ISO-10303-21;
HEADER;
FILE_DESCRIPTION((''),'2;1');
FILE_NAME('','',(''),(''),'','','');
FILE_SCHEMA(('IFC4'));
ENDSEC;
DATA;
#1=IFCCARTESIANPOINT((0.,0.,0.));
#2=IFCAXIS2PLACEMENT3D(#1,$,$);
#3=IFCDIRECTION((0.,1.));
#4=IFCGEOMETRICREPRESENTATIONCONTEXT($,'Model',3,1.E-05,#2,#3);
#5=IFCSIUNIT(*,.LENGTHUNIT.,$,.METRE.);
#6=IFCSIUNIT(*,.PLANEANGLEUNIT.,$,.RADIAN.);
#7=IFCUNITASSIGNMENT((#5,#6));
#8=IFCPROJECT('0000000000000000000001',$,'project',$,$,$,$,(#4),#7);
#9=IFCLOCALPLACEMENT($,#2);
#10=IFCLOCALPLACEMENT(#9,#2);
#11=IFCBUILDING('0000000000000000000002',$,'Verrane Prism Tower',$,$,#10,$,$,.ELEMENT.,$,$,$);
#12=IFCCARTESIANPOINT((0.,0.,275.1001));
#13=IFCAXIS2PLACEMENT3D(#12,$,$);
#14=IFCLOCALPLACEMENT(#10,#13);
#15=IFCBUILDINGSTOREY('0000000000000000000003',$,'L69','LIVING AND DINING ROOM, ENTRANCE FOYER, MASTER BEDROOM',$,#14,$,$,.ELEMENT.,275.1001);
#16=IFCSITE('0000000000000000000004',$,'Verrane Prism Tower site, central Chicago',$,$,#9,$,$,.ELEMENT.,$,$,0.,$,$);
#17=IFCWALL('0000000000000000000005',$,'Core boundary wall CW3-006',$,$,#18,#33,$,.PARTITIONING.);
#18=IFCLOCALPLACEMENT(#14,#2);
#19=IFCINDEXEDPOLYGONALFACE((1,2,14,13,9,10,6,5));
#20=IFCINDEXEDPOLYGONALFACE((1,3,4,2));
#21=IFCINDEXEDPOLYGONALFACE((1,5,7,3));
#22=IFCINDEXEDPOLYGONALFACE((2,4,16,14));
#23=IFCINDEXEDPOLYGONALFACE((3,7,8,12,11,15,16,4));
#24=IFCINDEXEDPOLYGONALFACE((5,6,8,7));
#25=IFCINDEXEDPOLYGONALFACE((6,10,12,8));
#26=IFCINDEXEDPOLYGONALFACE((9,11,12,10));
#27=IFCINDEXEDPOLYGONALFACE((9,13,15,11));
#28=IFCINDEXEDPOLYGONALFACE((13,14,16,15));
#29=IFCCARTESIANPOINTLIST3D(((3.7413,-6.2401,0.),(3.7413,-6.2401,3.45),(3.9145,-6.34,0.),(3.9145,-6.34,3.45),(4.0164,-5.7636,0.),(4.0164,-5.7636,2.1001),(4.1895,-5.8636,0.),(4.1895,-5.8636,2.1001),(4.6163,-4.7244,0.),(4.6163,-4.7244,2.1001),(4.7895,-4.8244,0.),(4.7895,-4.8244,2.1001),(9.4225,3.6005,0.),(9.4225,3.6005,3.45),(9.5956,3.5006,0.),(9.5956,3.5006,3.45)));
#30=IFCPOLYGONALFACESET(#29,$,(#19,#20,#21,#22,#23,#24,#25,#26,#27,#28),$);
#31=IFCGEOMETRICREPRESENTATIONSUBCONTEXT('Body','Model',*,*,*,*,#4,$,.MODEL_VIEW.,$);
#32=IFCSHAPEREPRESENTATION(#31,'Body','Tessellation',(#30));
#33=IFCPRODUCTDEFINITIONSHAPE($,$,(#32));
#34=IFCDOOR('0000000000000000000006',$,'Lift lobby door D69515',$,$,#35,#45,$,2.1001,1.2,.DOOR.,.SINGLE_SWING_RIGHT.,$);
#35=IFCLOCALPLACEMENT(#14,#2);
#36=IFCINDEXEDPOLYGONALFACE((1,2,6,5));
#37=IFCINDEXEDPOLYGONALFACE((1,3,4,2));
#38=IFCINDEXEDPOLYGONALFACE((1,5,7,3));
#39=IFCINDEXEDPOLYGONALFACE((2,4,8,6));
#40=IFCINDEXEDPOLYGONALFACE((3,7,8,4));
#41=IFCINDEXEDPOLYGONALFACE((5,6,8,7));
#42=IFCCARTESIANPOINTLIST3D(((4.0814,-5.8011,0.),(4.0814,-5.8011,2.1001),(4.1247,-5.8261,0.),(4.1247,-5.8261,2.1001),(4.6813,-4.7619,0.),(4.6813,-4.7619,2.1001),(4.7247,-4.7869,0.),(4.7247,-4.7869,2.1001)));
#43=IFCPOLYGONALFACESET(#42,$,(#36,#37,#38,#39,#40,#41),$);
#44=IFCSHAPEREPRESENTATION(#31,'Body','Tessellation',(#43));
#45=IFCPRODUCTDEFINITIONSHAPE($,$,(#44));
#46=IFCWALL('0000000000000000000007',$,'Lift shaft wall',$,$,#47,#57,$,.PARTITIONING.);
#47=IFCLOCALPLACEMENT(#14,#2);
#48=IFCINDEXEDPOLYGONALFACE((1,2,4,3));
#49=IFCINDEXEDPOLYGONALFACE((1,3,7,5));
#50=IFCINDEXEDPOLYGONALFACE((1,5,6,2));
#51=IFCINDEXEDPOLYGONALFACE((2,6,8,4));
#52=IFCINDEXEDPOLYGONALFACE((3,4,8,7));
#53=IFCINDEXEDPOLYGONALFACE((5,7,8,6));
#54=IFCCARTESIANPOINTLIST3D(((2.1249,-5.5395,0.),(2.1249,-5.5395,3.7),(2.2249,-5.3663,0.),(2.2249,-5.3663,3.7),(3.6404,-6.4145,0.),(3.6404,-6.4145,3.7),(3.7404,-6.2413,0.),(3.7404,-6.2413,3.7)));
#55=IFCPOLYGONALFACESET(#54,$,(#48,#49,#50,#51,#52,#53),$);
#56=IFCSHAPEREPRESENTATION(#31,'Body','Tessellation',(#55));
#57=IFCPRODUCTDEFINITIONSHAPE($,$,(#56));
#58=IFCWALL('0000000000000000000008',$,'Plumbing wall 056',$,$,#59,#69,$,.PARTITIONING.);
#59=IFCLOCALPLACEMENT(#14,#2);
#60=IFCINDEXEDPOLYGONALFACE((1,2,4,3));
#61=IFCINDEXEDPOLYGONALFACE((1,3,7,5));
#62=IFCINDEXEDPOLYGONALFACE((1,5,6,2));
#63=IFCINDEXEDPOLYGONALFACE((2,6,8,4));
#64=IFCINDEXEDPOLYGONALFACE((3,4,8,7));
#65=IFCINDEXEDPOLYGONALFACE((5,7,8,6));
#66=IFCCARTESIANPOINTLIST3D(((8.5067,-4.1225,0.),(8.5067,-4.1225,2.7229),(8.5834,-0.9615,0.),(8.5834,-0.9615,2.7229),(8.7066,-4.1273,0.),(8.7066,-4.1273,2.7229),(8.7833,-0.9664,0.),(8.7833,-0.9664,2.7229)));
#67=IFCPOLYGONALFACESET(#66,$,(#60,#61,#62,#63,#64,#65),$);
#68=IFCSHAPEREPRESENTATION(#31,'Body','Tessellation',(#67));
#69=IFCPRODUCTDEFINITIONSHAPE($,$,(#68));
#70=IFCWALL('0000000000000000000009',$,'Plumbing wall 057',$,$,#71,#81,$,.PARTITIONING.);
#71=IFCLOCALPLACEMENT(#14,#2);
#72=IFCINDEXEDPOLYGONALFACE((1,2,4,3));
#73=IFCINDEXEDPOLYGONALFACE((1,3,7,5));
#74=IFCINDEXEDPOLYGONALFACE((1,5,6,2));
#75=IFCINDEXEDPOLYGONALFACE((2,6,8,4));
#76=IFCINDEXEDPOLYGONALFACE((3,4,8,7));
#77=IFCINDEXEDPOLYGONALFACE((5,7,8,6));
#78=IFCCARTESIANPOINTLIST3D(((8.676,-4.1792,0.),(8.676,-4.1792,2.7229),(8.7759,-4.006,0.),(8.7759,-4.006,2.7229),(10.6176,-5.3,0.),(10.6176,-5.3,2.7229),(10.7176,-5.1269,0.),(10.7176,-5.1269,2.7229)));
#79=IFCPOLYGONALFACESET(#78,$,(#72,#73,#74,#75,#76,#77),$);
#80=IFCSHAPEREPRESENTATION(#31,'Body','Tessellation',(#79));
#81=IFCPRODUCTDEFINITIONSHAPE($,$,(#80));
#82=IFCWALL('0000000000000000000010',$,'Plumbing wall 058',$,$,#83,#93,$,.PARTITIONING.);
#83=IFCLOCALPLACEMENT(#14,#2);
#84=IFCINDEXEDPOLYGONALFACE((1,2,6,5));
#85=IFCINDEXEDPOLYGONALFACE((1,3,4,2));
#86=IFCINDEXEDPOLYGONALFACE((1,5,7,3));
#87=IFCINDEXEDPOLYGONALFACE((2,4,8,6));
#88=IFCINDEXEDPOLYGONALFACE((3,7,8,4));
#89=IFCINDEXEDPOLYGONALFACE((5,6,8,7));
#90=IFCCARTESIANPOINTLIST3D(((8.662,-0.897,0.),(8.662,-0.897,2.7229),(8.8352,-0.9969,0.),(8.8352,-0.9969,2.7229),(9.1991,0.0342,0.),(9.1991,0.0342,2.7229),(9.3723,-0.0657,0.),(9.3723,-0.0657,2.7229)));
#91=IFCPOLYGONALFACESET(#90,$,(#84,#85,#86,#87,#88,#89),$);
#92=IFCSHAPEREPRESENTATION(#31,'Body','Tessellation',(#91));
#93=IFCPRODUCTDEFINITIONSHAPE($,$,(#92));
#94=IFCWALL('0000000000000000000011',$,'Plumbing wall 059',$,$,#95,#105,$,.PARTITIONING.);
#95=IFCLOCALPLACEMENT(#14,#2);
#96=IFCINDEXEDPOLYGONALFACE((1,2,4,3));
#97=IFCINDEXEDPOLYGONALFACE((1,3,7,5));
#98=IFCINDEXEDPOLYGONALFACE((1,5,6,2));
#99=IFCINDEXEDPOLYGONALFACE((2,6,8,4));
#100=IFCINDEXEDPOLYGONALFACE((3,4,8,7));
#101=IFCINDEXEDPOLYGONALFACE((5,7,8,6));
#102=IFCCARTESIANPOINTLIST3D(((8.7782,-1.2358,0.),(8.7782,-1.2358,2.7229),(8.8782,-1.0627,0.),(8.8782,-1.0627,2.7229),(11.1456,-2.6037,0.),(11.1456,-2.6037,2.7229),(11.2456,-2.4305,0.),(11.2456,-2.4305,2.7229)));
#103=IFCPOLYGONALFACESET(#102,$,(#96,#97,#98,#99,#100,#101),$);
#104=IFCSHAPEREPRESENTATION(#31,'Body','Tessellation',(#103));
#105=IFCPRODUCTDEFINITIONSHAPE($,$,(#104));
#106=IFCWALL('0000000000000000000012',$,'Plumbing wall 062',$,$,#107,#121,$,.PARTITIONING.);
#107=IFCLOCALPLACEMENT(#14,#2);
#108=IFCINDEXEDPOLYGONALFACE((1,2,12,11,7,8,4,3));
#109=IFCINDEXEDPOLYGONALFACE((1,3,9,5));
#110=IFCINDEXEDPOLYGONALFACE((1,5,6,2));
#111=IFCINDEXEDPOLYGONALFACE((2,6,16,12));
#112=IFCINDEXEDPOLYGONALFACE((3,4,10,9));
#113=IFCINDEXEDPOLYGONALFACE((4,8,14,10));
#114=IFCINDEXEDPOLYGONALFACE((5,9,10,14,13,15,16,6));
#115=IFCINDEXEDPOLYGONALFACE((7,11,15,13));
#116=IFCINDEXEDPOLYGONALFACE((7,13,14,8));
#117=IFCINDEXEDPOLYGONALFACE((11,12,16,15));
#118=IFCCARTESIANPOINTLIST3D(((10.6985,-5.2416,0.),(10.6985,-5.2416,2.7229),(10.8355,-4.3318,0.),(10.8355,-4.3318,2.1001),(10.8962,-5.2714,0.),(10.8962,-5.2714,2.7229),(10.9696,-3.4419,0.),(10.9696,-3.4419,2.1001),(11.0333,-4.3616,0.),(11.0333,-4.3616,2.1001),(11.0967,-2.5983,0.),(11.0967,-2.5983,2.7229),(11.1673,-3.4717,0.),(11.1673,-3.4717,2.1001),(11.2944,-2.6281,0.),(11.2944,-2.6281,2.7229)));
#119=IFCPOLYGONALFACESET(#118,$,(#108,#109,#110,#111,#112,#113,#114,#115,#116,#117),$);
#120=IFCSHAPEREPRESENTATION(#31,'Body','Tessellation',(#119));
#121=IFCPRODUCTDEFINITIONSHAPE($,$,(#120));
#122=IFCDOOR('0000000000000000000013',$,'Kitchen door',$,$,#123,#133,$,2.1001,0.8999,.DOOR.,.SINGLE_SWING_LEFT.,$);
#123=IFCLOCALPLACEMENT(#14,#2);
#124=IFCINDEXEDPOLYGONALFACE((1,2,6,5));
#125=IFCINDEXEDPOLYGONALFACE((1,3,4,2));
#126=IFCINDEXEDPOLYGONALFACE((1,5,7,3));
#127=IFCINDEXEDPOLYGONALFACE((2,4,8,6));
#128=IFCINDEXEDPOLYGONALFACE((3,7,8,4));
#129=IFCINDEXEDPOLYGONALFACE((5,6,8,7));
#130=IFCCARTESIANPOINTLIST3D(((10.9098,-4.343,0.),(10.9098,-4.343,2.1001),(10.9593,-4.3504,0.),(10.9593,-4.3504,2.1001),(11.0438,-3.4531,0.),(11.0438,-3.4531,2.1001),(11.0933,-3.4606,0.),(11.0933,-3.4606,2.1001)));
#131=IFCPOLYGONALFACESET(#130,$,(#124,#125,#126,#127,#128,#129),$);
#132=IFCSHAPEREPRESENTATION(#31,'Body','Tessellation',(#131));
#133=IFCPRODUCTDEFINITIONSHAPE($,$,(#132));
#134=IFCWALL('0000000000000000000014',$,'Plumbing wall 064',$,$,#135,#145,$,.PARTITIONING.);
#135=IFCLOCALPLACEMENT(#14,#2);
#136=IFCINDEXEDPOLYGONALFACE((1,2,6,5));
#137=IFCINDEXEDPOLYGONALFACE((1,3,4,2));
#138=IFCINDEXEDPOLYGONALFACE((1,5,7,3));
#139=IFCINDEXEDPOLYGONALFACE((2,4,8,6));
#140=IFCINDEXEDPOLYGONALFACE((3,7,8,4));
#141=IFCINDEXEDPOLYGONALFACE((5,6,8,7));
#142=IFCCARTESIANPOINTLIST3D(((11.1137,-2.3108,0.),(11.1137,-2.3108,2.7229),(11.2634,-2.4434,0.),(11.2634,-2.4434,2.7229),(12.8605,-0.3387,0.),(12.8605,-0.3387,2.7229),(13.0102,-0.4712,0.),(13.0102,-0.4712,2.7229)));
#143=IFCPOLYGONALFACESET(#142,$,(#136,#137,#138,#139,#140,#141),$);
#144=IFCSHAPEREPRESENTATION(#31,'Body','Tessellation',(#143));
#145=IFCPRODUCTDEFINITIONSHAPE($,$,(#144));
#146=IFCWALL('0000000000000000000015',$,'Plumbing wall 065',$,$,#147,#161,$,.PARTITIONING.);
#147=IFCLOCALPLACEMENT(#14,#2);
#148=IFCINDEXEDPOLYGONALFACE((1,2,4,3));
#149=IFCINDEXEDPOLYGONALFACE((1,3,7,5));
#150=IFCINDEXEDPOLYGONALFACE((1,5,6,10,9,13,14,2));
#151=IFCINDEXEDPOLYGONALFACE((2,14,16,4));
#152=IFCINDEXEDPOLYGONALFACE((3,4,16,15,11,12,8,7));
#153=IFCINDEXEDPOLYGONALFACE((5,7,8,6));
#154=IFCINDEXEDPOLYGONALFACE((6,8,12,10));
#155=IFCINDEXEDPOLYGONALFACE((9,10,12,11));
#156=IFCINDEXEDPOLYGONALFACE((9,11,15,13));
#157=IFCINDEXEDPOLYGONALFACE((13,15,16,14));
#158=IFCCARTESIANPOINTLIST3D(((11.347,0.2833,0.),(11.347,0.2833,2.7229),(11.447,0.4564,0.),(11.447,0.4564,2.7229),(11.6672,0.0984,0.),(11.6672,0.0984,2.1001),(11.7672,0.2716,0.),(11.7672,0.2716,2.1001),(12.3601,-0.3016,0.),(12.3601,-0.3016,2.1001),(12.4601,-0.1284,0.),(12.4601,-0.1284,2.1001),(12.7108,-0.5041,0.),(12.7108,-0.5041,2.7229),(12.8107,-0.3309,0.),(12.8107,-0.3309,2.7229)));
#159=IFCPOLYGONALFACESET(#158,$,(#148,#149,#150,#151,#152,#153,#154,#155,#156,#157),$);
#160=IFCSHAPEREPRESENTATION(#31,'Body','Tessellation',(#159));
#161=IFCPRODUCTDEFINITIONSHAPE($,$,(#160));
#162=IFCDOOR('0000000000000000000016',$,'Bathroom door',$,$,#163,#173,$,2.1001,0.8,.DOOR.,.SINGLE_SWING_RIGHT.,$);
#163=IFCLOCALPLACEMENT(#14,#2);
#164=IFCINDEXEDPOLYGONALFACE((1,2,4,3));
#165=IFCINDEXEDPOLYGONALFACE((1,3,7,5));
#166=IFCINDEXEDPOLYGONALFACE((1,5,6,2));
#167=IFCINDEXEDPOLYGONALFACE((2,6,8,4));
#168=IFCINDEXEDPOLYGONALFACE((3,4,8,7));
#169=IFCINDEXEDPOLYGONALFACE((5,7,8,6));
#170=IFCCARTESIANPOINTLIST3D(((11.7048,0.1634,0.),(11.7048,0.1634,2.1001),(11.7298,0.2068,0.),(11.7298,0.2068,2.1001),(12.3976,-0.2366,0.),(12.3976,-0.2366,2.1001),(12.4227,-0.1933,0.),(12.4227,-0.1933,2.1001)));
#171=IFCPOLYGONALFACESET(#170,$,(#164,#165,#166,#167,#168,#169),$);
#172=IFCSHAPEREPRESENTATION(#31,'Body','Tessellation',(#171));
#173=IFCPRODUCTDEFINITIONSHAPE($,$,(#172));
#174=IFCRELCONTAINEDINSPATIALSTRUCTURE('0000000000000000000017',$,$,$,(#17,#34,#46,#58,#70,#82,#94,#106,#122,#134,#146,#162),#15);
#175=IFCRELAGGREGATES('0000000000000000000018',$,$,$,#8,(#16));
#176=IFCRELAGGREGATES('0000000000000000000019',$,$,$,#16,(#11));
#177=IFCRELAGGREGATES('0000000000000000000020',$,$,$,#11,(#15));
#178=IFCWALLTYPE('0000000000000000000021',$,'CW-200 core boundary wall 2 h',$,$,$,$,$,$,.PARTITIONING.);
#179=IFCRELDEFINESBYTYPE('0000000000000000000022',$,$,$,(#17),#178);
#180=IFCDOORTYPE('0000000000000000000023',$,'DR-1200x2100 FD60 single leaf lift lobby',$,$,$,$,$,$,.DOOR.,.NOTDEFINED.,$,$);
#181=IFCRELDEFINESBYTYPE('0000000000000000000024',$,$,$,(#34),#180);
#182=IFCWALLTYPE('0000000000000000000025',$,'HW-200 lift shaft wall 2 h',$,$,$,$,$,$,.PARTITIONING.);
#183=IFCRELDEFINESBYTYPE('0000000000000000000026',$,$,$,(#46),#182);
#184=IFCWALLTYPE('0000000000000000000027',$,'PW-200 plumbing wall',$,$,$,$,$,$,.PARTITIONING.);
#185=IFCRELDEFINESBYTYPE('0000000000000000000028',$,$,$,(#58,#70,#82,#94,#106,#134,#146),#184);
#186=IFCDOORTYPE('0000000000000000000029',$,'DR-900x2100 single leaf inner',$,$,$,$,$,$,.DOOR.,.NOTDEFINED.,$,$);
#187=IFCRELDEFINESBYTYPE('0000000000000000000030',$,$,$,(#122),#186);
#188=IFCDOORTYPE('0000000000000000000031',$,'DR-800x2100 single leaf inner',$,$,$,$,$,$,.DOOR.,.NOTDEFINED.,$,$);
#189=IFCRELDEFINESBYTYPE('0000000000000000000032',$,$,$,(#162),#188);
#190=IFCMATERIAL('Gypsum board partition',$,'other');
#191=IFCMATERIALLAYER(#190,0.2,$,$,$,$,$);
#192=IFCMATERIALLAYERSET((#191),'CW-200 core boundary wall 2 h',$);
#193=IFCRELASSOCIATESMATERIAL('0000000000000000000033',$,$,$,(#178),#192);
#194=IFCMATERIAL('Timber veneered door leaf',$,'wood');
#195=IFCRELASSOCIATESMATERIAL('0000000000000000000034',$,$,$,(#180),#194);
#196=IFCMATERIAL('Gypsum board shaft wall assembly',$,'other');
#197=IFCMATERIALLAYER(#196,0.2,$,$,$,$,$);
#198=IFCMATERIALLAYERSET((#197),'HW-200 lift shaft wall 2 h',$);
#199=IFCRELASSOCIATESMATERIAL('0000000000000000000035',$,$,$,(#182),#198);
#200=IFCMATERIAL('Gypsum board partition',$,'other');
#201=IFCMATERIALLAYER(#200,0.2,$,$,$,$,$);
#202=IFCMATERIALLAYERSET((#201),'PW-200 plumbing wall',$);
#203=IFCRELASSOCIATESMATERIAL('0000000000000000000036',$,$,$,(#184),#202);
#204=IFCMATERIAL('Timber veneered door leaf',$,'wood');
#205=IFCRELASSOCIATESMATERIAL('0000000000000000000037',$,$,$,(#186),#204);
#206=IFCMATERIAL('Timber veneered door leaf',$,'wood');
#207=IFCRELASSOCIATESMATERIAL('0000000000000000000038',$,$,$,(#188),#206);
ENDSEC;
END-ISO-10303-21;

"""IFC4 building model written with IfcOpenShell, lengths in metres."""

from ifc_helpers import new_model, si_unit, direction, frame, frame_2d, origin, place, context, subcontext, project, spatial, rectangle, extrude, material, layer, layer_set, type_object, element, fill, save


model = new_model("IFC4")

# Units and contexts
model_context = context("Model", 3, precision=1e-05, world=origin(), true_north=direction((0.0, 1.0)))
body_context = subcontext(model_context, "Body", "Model", "MODEL_VIEW")
ifc_project = project(units=[si_unit("LENGTHUNIT", "METRE"), si_unit("PLANEANGLEUNIT", "RADIAN")], contexts=[model_context])

# Site, building, storey
site_placement = place(None, origin())
site = spatial("IfcSite", under=ifc_project, at=site_placement, Name="Verrane Prism Tower site, central Chicago", CompositionType="ELEMENT", RefElevation=0.0)
building_placement = place(site_placement, origin())
building = spatial("IfcBuilding", under=site, at=building_placement, Name="Verrane Prism Tower", CompositionType="ELEMENT")
storey_placement = place(building_placement, frame((0.0, 0.0, 275.1001)))
storey = spatial("IfcBuildingStorey", under=building, at=storey_placement, Name="L69", Description="LIVING AND DINING ROOM, ENTRANCE FOYER, MASTER BEDROOM", CompositionType="ELEMENT", Elevation=275.1001)

# Wall, opening, door
ifc_material_1 = material(Name="Gypsum board partition", Category="other")
ifc_layer_1 = layer(ifc_material_1, 0.2)
ifc_layer_set_1 = layer_set([ifc_layer_1], Name="CW-200 core boundary wall 2 h")
wall_type_1 = type_object("IfcWallType", Name="CW-200 core boundary wall 2 h", PredefinedType="PARTITIONING", material=ifc_layer_set_1)
wall_1_placement = place(storey_placement, frame((3.8279, -6.29, 0.0), z_axis=(0.0, 0.0, 1.0), x_axis=(0.49998, 0.866037, 0.0)))
wall_1 = element("IfcWall", 1, at=wall_1_placement, inside=storey, type_object=wall_type_1, Name="Core boundary wall CW3-006", PredefinedType="PARTITIONING", context=body_context, shape_type="SweptSolid", body=[
    extrude(rectangle(XDim=11.3628, YDim=0.2, at=frame_2d((5.6814, 0.0))), origin(), (0.0, 0.0, 1.0), 3.45),
])
opening_1_placement = place(wall_1_placement, frame((0.55, 0.0, 0.0)))
opening_1 = element("IfcOpeningElement", 2, at=opening_1_placement, cuts=wall_1, PredefinedType="OPENING", context=body_context, shape_type="SweptSolid", body=[
    extrude(rectangle(XDim=1.2, YDim=2.1001, at=frame_2d((0.6001, 1.05))), frame((0.0, 0.1099, 0.0), z_axis=(0.0, -1.0, 0.0), x_axis=(1.0, 0.0, 0.0)), (0.0, 0.0, 1.0), 0.22),
])
ifc_material_2 = material(Name="Timber veneered door leaf", Category="wood")
door_type_1 = type_object("IfcDoorType", Name="DR-1200x2100 FD60 single leaf lift lobby", OperationType="NOTDEFINED", PredefinedType="DOOR", material=ifc_material_2)
door_1_placement = place(opening_1_placement, origin())
door_1 = element("IfcDoor", 3, at=door_1_placement, inside=storey, type_object=door_type_1, Name="Lift lobby door D69515", OperationType="SINGLE_SWING_RIGHT", OverallHeight=2.1001, OverallWidth=1.2, PredefinedType="DOOR", context=body_context, shape_type="SweptSolid", body=[
    extrude(rectangle(XDim=1.2, YDim=2.1001, at=frame_2d((0.6001, 1.05))), frame((0.0, 0.0249, 0.0), z_axis=(0.0, -1.0, 0.0), x_axis=(1.0, 0.0, 0.0)), (0.0, 0.0, 1.0), 0.05),
])
fill(opening_1, door_1)

# Walls
ifc_material_3 = material(Name="Gypsum board shaft wall assembly", Category="other")
ifc_layer_2 = layer(ifc_material_3, 0.2)
ifc_layer_set_2 = layer_set([ifc_layer_2], Name="HW-200 lift shaft wall 2 h")
wall_type_2 = type_object("IfcWallType", Name="HW-200 lift shaft wall 2 h", PredefinedType="PARTITIONING", material=ifc_layer_set_2)
wall_2_placement = place(storey_placement, frame((3.6904, -6.3279, 0.0), z_axis=(0.0, 0.0, 1.0), x_axis=(-0.866037, 0.49998, 0.0)))
element("IfcWall", 4, at=wall_2_placement, inside=storey, type_object=wall_type_2, Name="Lift shaft wall", PredefinedType="PARTITIONING", context=body_context, shape_type="SweptSolid", body=[
    extrude(rectangle(XDim=1.75, YDim=0.2, at=frame_2d((0.875, 0.0))), origin(), (0.0, 0.0, 1.0), 3.7),
])
ifc_material_4 = material(Name="Gypsum board partition", Category="other")
ifc_layer_3 = layer(ifc_material_4, 0.2)
ifc_layer_set_3 = layer_set([ifc_layer_3], Name="PW-200 plumbing wall")
wall_type_3 = type_object("IfcWallType", Name="PW-200 plumbing wall", PredefinedType="PARTITIONING", material=ifc_layer_set_3)
wall_3_placement = place(storey_placement, frame((8.6067, -4.125, 0.0), z_axis=(0.0, 0.0, 1.0), x_axis=(0.024246, 0.999706, 0.0)))
element("IfcWall", 5, at=wall_3_placement, inside=storey, type_object=wall_type_3, Name="Plumbing wall 056", PredefinedType="PARTITIONING", context=body_context, shape_type="SweptSolid", body=[
    extrude(rectangle(XDim=3.1619, YDim=0.2, at=frame_2d((1.5811, 0.0))), origin(), (0.0, 0.0, 1.0), 2.7229),
])
wall_4_placement = place(storey_placement, frame((8.7258, -4.0925, 0.0), z_axis=(0.0, 0.0, 1.0), x_axis=(0.866057, -0.499946, 0.0)))
element("IfcWall", 6, at=wall_4_placement, inside=storey, type_object=wall_type_3, Name="Plumbing wall 057", PredefinedType="PARTITIONING", context=body_context, shape_type="SweptSolid", body=[
    extrude(rectangle(XDim=2.2419, YDim=0.2, at=frame_2d((1.1211, 0.0))), origin(), (0.0, 0.0, 1.0), 2.7229),
])
wall_5_placement = place(storey_placement, frame((8.7485, -0.947, 0.0), z_axis=(0.0, 0.0, 1.0), x_axis=(0.499657, 0.866223, 0.0)))
element("IfcWall", 7, at=wall_5_placement, inside=storey, type_object=wall_type_3, Name="Plumbing wall 058", PredefinedType="PARTITIONING", context=body_context, shape_type="SweptSolid", body=[
    extrude(rectangle(XDim=1.075, YDim=0.2, at=frame_2d((0.5376, 0.0))), origin(), (0.0, 0.0, 1.0), 2.7229),
])
wall_6_placement = place(storey_placement, frame((8.8281, -1.1492, 0.0), z_axis=(0.0, 0.0, 1.0), x_axis=(0.865854, -0.500297, 0.0)))
element("IfcWall", 8, at=wall_6_placement, inside=storey, type_object=wall_type_3, Name="Plumbing wall 059", PredefinedType="PARTITIONING", context=body_context, shape_type="SweptSolid", body=[
    extrude(rectangle(XDim=2.7341, YDim=0.2, at=frame_2d((1.3672, 0.0))), origin(), (0.0, 0.0, 1.0), 2.7229),
])

# Wall, opening, door
wall_7_placement = place(storey_placement, frame((10.7974, -5.2563, 0.0), z_axis=(0.0, 0.0, 1.0), x_axis=(0.148961, 0.988843, 0.0)))
wall_7 = element("IfcWall", 9, at=wall_7_placement, inside=storey, type_object=wall_type_3, Name="Plumbing wall 062", PredefinedType="PARTITIONING", context=body_context, shape_type="SweptSolid", body=[
    extrude(rectangle(XDim=2.6731, YDim=0.2, at=frame_2d((1.3364, 0.0))), origin(), (0.0, 0.0, 1.0), 2.7229),
])
opening_2_placement = place(wall_7_placement, frame((0.9199, 0.0, 0.0)))
opening_2 = element("IfcOpeningElement", 10, at=opening_2_placement, cuts=wall_7, PredefinedType="OPENING", context=body_context, shape_type="SweptSolid", body=[
    extrude(rectangle(XDim=0.8999, YDim=2.1001, at=frame_2d((0.45, 1.05))), frame((0.0, 0.1099, 0.0), z_axis=(0.0, -1.0, 0.0), x_axis=(1.0, 0.0, 0.0)), (0.0, 0.0, 1.0), 0.22),
])
ifc_material_5 = material(Name="Timber veneered door leaf", Category="wood")
door_type_2 = type_object("IfcDoorType", Name="DR-900x2100 single leaf inner", OperationType="NOTDEFINED", PredefinedType="DOOR", material=ifc_material_5)
door_2_placement = place(opening_2_placement, origin())
door_2 = element("IfcDoor", 11, at=door_2_placement, inside=storey, type_object=door_type_2, Name="Kitchen door", OperationType="SINGLE_SWING_LEFT", OverallHeight=2.1001, OverallWidth=0.8999, PredefinedType="DOOR", context=body_context, shape_type="SweptSolid", body=[
    extrude(rectangle(XDim=0.8999, YDim=2.1001, at=frame_2d((0.45, 1.05))), frame((0.0, 0.0249, 0.0), z_axis=(0.0, -1.0, 0.0), x_axis=(1.0, 0.0, 0.0)), (0.0, 0.0, 1.0), 0.05),
])
fill(opening_2, door_2)

# Wall
wall_8_placement = place(storey_placement, frame((11.1885, -2.3772, 0.0), z_axis=(0.0, 0.0, 1.0), x_axis=(0.663046, 0.748579, 0.0)))
element("IfcWall", 12, at=wall_8_placement, inside=storey, type_object=wall_type_3, Name="Plumbing wall 064", PredefinedType="PARTITIONING", context=body_context, shape_type="SweptSolid", body=[
    extrude(rectangle(XDim=2.6345, YDim=0.2, at=frame_2d((1.3174, 0.0))), origin(), (0.0, 0.0, 1.0), 2.7229),
])

# Wall, opening, door
wall_9_placement = place(storey_placement, frame((12.7607, -0.4175, 0.0), z_axis=(0.0, 0.0, 1.0), x_axis=(-0.866031, 0.499991, 0.0)))
wall_9 = element("IfcWall", 13, at=wall_9_placement, inside=storey, type_object=wall_type_3, Name="Plumbing wall 065", PredefinedType="PARTITIONING", context=body_context, shape_type="SweptSolid", body=[
    extrude(rectangle(XDim=1.5747, YDim=0.2, at=frame_2d((0.7874, 0.0))), origin(), (0.0, 0.0, 1.0), 2.7229),
])
opening_3_placement = place(wall_9_placement, frame((0.405, 0.0, 0.0)))
opening_3 = element("IfcOpeningElement", 14, at=opening_3_placement, cuts=wall_9, PredefinedType="OPENING", context=body_context, shape_type="SweptSolid", body=[
    extrude(rectangle(XDim=0.8, YDim=2.1001, at=frame_2d((0.3999, 1.05))), frame((0.0, 0.1099, 0.0), z_axis=(0.0, -1.0, 0.0), x_axis=(1.0, 0.0, 0.0)), (0.0, 0.0, 1.0), 0.22),
])
ifc_material_6 = material(Name="Timber veneered door leaf", Category="wood")
door_type_3 = type_object("IfcDoorType", Name="DR-800x2100 single leaf inner", OperationType="NOTDEFINED", PredefinedType="DOOR", material=ifc_material_6)
door_3_placement = place(opening_3_placement, origin())
door_3 = element("IfcDoor", 15, at=door_3_placement, inside=storey, type_object=door_type_3, Name="Bathroom door", OperationType="SINGLE_SWING_RIGHT", OverallHeight=2.1001, OverallWidth=0.8, PredefinedType="DOOR", context=body_context, shape_type="SweptSolid", body=[
    extrude(rectangle(XDim=0.8, YDim=2.1001, at=frame_2d((0.3999, 1.05))), frame((0.0, 0.0249, 0.0), z_axis=(0.0, -1.0, 0.0), x_axis=(1.0, 0.0, 0.0)), (0.0, 0.0, 1.0), 0.05),
])
fill(opening_3, door_3)

save(model, "model.ifc")
